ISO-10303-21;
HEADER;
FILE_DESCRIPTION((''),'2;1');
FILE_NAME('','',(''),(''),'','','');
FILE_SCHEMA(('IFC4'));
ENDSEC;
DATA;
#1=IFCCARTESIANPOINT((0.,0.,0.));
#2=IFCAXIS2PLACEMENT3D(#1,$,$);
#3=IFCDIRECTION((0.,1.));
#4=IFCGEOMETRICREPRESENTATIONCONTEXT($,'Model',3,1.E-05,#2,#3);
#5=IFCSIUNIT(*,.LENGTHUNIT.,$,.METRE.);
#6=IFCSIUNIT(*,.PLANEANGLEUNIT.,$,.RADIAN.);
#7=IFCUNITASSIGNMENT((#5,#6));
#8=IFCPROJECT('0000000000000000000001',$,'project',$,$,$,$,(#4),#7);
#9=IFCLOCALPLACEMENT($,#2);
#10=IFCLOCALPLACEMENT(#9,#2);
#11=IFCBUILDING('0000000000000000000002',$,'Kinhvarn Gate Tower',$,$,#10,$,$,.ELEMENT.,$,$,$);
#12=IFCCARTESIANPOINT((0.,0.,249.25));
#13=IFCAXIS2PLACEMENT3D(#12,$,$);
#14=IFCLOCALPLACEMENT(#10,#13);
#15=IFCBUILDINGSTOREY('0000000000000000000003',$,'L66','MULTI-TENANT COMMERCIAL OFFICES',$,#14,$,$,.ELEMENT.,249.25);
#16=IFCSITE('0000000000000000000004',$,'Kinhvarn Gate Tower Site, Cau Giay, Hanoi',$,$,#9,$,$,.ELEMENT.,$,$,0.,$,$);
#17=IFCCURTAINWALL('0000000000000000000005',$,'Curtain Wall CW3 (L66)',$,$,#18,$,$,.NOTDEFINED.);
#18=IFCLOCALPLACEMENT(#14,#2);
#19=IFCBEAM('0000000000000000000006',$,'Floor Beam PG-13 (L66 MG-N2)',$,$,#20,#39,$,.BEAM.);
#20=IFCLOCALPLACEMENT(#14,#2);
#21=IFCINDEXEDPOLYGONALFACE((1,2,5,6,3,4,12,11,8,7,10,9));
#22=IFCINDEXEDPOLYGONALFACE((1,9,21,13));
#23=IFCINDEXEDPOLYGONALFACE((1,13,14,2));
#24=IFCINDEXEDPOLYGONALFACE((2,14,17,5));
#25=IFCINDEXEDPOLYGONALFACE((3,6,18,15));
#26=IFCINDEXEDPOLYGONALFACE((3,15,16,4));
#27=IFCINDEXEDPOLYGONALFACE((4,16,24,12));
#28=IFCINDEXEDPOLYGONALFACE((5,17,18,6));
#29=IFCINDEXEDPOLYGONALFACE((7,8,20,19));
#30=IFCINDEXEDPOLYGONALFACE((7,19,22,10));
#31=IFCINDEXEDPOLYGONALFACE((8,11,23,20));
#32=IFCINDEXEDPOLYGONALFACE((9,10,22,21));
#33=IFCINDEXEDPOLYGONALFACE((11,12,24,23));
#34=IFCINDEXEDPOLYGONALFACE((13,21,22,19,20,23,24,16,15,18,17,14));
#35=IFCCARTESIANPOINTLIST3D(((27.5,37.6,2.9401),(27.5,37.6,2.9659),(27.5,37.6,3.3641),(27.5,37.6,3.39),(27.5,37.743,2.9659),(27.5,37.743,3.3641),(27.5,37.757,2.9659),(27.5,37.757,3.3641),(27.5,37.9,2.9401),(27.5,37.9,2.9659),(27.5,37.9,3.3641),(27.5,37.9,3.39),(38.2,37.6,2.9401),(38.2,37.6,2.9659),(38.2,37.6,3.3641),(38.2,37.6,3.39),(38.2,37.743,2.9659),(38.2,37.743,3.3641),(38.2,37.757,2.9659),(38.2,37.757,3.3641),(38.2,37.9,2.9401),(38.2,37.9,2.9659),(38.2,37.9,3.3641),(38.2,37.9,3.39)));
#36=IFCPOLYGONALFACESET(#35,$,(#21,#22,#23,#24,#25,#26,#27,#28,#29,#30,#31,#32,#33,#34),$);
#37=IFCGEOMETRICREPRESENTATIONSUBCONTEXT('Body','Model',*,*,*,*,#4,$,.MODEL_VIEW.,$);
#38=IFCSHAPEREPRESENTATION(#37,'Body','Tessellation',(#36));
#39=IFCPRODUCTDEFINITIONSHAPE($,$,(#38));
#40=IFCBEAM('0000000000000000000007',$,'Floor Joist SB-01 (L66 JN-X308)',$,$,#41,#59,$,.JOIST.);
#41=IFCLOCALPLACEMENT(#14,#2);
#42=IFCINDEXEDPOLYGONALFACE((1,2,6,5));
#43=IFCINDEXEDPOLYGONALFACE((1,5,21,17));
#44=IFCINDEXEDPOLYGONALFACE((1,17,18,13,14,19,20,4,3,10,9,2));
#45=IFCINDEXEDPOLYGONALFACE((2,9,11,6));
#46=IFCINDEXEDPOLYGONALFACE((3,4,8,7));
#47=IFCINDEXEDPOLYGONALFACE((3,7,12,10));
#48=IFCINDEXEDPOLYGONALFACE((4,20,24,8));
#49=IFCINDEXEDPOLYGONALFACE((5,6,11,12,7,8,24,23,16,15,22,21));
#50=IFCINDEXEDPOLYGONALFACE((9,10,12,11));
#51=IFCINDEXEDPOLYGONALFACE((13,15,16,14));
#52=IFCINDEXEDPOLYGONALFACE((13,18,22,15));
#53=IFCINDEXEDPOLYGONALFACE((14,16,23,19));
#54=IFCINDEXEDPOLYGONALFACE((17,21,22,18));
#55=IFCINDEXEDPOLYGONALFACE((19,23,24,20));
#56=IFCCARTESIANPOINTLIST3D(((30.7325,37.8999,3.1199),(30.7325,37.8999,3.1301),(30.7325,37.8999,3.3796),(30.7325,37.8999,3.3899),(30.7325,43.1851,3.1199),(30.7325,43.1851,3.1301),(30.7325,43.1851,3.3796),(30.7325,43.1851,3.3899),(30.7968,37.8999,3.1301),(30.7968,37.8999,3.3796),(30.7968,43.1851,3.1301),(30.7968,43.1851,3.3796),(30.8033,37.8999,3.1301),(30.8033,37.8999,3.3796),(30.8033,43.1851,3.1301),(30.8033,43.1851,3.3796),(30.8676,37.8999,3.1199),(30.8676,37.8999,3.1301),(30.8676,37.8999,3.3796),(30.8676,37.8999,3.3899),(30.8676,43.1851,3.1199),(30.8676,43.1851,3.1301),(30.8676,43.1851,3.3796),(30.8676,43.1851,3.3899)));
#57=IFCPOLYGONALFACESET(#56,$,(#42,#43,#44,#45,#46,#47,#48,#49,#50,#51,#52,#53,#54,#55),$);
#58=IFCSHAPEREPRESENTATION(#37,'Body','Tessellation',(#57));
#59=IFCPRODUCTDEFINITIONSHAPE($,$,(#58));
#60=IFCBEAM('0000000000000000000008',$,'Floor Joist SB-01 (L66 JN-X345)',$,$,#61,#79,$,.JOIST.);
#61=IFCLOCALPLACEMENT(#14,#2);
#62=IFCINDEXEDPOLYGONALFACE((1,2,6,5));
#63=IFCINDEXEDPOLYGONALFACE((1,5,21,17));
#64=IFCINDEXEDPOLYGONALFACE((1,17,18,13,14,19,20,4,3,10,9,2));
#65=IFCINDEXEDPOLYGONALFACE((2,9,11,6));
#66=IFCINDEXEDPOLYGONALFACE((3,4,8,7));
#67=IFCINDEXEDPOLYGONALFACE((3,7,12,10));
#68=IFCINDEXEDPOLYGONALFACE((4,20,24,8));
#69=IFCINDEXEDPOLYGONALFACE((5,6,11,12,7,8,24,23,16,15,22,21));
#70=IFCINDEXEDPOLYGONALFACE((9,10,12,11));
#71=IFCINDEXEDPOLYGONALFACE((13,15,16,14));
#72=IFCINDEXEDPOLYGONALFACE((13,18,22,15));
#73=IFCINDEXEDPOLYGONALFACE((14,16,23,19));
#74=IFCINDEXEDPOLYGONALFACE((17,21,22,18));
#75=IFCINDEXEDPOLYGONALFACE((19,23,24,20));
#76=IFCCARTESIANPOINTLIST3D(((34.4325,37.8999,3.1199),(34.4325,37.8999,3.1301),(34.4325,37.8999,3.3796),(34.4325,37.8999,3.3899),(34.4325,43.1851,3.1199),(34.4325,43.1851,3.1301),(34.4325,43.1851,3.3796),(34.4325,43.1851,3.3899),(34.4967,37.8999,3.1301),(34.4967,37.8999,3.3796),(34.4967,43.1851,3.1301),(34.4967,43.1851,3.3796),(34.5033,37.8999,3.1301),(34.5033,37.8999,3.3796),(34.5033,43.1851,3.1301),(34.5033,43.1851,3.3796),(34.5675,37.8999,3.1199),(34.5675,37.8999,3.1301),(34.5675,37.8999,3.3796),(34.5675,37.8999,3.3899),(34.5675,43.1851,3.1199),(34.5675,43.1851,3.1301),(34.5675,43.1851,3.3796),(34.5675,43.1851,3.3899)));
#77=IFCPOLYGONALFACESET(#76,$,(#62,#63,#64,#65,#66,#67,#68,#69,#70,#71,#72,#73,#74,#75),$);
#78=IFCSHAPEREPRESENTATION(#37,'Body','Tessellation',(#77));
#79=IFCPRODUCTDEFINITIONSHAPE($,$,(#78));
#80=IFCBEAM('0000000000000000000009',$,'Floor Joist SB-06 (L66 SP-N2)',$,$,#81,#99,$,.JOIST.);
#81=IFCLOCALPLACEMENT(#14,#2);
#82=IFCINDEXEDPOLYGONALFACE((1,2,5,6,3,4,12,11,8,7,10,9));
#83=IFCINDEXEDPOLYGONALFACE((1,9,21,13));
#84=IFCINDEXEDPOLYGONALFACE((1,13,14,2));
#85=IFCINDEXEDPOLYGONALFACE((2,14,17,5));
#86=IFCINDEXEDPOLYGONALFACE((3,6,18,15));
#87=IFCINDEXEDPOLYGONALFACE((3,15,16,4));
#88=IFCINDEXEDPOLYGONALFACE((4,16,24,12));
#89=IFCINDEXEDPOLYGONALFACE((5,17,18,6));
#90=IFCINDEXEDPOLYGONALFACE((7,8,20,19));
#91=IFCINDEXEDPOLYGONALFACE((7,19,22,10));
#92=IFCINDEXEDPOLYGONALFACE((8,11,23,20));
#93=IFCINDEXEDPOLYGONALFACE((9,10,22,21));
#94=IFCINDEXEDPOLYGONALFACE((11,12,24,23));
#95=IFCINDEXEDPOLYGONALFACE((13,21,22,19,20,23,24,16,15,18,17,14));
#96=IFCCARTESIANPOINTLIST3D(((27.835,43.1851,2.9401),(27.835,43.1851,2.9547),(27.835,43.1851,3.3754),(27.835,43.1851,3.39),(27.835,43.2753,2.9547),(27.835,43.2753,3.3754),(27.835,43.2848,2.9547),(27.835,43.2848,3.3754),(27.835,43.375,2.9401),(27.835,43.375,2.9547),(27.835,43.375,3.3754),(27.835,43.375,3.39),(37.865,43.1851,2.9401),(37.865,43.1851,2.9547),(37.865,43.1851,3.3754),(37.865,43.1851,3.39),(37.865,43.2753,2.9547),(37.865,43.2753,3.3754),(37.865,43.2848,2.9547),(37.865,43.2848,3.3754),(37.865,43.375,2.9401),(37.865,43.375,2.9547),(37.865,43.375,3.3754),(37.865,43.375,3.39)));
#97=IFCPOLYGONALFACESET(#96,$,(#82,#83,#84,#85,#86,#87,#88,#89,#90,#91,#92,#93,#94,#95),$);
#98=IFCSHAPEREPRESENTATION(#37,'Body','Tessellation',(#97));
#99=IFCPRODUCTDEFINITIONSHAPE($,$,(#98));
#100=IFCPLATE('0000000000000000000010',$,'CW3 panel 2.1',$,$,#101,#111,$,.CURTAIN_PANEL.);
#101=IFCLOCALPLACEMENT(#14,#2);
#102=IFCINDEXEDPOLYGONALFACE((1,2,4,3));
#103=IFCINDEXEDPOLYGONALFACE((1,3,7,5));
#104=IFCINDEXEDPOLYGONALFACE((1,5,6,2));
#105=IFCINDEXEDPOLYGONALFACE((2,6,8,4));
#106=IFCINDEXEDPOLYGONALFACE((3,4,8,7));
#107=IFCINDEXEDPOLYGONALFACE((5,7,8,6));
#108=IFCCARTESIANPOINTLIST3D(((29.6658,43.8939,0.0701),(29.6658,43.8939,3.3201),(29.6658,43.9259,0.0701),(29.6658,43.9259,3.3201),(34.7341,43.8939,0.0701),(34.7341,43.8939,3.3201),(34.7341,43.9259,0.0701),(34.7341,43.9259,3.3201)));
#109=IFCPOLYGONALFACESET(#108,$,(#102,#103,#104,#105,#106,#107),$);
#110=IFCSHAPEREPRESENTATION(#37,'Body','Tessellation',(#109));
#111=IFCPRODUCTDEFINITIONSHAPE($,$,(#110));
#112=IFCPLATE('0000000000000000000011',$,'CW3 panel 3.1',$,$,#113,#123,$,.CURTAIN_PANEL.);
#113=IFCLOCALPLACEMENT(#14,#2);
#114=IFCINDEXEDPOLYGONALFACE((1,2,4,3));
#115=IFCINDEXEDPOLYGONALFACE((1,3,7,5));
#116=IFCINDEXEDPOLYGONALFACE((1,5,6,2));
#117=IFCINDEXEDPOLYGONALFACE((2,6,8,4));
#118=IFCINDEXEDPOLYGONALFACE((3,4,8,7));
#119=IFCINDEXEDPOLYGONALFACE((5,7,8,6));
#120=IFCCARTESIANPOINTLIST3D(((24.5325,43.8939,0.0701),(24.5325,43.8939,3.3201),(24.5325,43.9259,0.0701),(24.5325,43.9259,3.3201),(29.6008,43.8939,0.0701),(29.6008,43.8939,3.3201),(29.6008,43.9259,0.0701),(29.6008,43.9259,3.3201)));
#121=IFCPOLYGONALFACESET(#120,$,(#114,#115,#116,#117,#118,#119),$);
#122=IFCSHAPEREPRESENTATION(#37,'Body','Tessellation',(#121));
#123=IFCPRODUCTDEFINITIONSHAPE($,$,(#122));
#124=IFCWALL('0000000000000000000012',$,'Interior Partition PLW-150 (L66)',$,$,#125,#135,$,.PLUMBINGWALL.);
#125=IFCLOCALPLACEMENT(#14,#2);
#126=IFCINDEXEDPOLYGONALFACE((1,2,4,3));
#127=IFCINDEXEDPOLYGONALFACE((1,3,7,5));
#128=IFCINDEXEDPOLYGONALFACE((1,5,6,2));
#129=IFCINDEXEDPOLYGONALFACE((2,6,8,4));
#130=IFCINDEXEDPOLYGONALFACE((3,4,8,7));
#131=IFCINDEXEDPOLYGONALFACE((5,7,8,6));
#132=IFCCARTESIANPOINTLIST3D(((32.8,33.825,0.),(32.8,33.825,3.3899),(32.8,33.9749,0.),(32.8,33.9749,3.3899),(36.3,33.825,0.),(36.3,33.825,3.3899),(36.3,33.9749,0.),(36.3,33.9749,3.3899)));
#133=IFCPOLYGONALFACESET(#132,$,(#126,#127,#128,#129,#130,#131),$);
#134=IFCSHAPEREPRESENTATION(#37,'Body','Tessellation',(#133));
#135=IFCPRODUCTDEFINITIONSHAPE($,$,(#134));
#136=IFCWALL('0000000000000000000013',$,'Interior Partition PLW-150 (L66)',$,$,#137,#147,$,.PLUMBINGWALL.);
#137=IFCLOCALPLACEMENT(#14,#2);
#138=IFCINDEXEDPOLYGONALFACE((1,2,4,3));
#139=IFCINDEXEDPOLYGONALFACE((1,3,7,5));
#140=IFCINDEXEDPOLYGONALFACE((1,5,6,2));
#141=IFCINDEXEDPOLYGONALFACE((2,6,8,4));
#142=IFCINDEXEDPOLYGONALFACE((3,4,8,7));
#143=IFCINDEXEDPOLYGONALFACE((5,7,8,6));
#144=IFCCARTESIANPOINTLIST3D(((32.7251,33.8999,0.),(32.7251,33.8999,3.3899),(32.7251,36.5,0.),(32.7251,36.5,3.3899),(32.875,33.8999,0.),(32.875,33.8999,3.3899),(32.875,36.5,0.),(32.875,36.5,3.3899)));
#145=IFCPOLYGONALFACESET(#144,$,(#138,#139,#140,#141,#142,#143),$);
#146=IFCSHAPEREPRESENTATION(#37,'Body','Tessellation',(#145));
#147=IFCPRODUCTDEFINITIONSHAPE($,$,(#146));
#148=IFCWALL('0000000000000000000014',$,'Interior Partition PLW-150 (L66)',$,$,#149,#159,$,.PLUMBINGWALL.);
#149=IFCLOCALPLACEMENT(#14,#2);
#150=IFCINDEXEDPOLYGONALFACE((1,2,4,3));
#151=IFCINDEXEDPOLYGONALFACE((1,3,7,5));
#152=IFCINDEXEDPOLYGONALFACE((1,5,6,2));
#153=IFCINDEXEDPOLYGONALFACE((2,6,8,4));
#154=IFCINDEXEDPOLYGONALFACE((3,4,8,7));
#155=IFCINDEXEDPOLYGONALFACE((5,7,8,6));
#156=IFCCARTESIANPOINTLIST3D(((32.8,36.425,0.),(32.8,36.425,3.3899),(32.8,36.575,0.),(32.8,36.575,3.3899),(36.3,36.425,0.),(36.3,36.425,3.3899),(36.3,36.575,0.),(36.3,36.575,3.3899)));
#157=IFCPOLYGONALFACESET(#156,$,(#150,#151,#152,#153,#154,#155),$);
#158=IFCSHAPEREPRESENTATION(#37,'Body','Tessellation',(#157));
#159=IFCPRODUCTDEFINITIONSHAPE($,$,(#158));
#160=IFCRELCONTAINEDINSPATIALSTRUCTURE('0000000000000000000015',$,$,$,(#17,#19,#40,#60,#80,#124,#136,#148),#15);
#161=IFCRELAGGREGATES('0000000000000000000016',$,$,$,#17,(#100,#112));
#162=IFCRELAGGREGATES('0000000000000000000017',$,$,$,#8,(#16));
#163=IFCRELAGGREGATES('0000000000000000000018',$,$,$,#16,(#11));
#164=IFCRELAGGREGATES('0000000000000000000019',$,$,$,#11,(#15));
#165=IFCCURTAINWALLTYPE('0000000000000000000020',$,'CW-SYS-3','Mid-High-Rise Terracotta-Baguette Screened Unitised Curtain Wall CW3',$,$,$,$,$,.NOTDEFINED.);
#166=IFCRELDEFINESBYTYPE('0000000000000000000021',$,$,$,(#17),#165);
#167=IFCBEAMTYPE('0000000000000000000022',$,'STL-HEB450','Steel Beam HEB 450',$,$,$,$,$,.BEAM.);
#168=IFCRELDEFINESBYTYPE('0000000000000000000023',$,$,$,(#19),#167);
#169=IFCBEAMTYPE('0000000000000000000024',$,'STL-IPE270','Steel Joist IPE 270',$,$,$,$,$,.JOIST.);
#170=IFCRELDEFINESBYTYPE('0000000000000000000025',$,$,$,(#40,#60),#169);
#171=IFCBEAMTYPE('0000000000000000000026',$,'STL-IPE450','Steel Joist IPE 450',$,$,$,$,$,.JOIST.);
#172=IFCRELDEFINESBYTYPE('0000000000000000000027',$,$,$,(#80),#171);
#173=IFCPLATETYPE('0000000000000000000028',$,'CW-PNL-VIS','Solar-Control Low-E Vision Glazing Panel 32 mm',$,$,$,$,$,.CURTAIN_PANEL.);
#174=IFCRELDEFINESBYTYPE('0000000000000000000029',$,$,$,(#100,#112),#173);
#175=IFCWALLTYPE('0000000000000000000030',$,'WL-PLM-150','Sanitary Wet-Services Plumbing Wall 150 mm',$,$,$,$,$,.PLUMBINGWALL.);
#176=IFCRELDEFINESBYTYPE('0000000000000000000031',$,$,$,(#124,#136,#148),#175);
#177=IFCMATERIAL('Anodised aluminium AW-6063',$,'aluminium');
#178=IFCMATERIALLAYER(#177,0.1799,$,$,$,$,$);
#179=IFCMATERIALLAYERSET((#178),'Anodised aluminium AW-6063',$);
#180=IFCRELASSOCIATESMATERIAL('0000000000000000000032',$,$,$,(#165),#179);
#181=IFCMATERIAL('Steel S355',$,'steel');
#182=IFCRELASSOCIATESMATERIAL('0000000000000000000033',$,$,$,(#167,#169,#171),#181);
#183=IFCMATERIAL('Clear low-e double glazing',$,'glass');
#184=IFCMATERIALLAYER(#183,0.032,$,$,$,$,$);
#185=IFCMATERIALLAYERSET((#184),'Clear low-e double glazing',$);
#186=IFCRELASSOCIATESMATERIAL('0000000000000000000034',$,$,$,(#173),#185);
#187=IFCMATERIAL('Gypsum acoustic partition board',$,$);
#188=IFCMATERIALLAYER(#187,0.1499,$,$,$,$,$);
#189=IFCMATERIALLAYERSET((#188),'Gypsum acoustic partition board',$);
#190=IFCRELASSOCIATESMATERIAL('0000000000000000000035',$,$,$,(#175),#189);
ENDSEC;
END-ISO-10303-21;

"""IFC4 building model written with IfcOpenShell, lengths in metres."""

from ifc_helpers import new_model, si_unit, direction, frame, frame_2d, origin, origin_2d, place, context, subcontext, project, spatial, rectangle, i_section, extrude, material, layer, layer_set, material_profile, profile_set, type_object, element, aggregate, save


model = new_model("IFC4")

# Units and contexts
model_context = context("Model", 3, precision=1e-05, world=origin(), true_north=direction((0.0, 1.0)))
body_context = subcontext(model_context, "Body", "Model", "MODEL_VIEW")
ifc_project = project(units=[si_unit("LENGTHUNIT", "METRE"), si_unit("PLANEANGLEUNIT", "RADIAN")], contexts=[model_context])

# Site, building, storey
site_placement = place(None, origin())
site = spatial("IfcSite", under=ifc_project, at=site_placement, Name="Kinhvarn Gate Tower Site, Cau Giay, Hanoi", CompositionType="ELEMENT", RefElevation=0.0)
building_placement = place(site_placement, origin())
building = spatial("IfcBuilding", under=site, at=building_placement, Name="Kinhvarn Gate Tower", CompositionType="ELEMENT")
storey_placement = place(building_placement, frame((0.0, 0.0, 249.25)))
storey = spatial("IfcBuildingStorey", under=building, at=storey_placement, Name="L66", Description="MULTI-TENANT COMMERCIAL OFFICES", CompositionType="ELEMENT", Elevation=249.25)

# Curtain wall
ifc_material_1 = material(Name="Anodised aluminium AW-6063", Category="aluminium")
ifc_layer_1 = layer(ifc_material_1, 0.1799)
ifc_layer_set_1 = layer_set([ifc_layer_1], Name="Anodised aluminium AW-6063")
curtain_wall_type = type_object("IfcCurtainWallType", Name="CW-SYS-3", Description="Mid-High-Rise Terracotta-Baguette Screened Unitised Curtain Wall CW3", PredefinedType="NOTDEFINED", material=ifc_layer_set_1)
curtain_wall_placement = place(storey_placement, origin())
curtain_wall = element("IfcCurtainWall", 1, at=curtain_wall_placement, inside=storey, type_object=curtain_wall_type, Name="Curtain Wall CW3 (L66)", PredefinedType="NOTDEFINED")

# Beams
ifc_material_2 = material(Name="Steel S355", Category="steel")
ifc_material_profile_1 = material_profile(ifc_material_2, i_section(OverallWidth=0.3, OverallDepth=0.45, WebThickness=0.0139, FlangeThickness=0.0259, at=origin_2d()), Name="HEB 450")
ifc_profile_set_1 = profile_set([ifc_material_profile_1], Name="Steel S355")
beam_type_1 = type_object("IfcBeamType", Name="STL-HEB450", Description="Steel Beam HEB 450", PredefinedType="BEAM", material=ifc_profile_set_1)
beam_1_placement = place(storey_placement, frame((27.5, 37.75, 3.165), z_axis=(1.0, 0.0, 0.0), x_axis=(0.0, 1.0, 0.0)))
element("IfcBeam", 2, at=beam_1_placement, inside=storey, type_object=beam_type_1, Name="Floor Beam PG-13 (L66 MG-N2)", PredefinedType="BEAM", context=body_context, shape_type="SweptSolid", body=[
    extrude(i_section(OverallWidth=0.3, OverallDepth=0.45, WebThickness=0.0139, FlangeThickness=0.0259, at=origin_2d()), origin(), (0.0, 0.0, 1.0), 10.7),
])
ifc_material_profile_2 = material_profile(ifc_material_2, i_section(OverallWidth=0.135, OverallDepth=0.27, WebThickness=0.0066, FlangeThickness=0.0103, at=origin_2d()), Name="IPE 270")
ifc_profile_set_2 = profile_set([ifc_material_profile_2], Name="Steel S355")
beam_type_2 = type_object("IfcBeamType", Name="STL-IPE270", Description="Steel Joist IPE 270", PredefinedType="JOIST", material=ifc_profile_set_2)
for number, where, z_axis, x_axis, name in (
    (3, (30.8, 37.8999, 3.2549), (0.0, 1.0, 0.0), (-1.0, 0.0, 0.0), "Floor Joist SB-01 (L66 JN-X308)"),
    (4, (34.5, 37.8999, 3.2549), (0.0, 1.0, 0.0), (-1.0, 0.0, 0.0), "Floor Joist SB-01 (L66 JN-X345)"),
):
    element("IfcBeam", number, at=place(storey_placement, frame(where, z_axis=z_axis, x_axis=x_axis)), inside=storey, type_object=beam_type_2, Name=name, PredefinedType="JOIST", context=body_context, shape_type="SweptSolid", body=[
        extrude(i_section(OverallWidth=0.135, OverallDepth=0.27, WebThickness=0.0066, FlangeThickness=0.0103, at=origin_2d()), origin(), (0.0, 0.0, 1.0), 5.2852),
    ])
ifc_material_profile_3 = material_profile(ifc_material_2, i_section(OverallWidth=0.1899, OverallDepth=0.45, WebThickness=0.0095, FlangeThickness=0.0146, at=origin_2d()), Name="IPE 450")
ifc_profile_set_3 = profile_set([ifc_material_profile_3], Name="Steel S355")
beam_type_3 = type_object("IfcBeamType", Name="STL-IPE450", Description="Steel Joist IPE 450", PredefinedType="JOIST", material=ifc_profile_set_3)
beam_2_placement = place(storey_placement, frame((27.835, 43.28, 3.165), z_axis=(1.0, 0.0, 0.0), x_axis=(0.0, 1.0, 0.0)))
element("IfcBeam", 5, at=beam_2_placement, inside=storey, type_object=beam_type_3, Name="Floor Joist SB-06 (L66 SP-N2)", PredefinedType="JOIST", context=body_context, shape_type="SweptSolid", body=[
    extrude(i_section(OverallWidth=0.1899, OverallDepth=0.45, WebThickness=0.0095, FlangeThickness=0.0146, at=origin_2d()), origin(), (0.0, 0.0, 1.0), 10.03),
])

# Plates
ifc_material_3 = material(Name="Clear low-e double glazing", Category="glass")
ifc_layer_2 = layer(ifc_material_3, 0.032)
ifc_layer_set_2 = layer_set([ifc_layer_2], Name="Clear low-e double glazing")
plate_type = type_object("IfcPlateType", Name="CW-PNL-VIS", Description="Solar-Control Low-E Vision Glazing Panel 32 mm", PredefinedType="CURTAIN_PANEL", material=ifc_layer_set_2)
plate_1_placement = place(storey_placement, frame((32.2, 43.9099, 0.0701), z_axis=(0.0, 0.0, 1.0), x_axis=(-1.0, 0.0, 0.0)))
plate_1 = element("IfcPlate", 6, at=plate_1_placement, type_object=plate_type, Name="CW3 panel 2.1", PredefinedType="CURTAIN_PANEL", context=body_context, shape_type="SweptSolid", body=[
    extrude(rectangle(XDim=5.0684, YDim=0.032, at=origin_2d()), origin(), (0.0, 0.0, 1.0), 3.25),
])
plate_2_placement = place(storey_placement, frame((27.0667, 43.9099, 0.0701), z_axis=(0.0, 0.0, 1.0), x_axis=(-1.0, 0.0, 0.0)))
plate_2 = element("IfcPlate", 7, at=plate_2_placement, type_object=plate_type, Name="CW3 panel 3.1", PredefinedType="CURTAIN_PANEL", context=body_context, shape_type="SweptSolid", body=[
    extrude(rectangle(XDim=5.0684, YDim=0.032, at=origin_2d()), origin(), (0.0, 0.0, 1.0), 3.25),
])
aggregate(curtain_wall, [plate_1, plate_2])

# Walls
ifc_material_4 = material(Name="Gypsum acoustic partition board")
ifc_layer_3 = layer(ifc_material_4, 0.1499)
ifc_layer_set_3 = layer_set([ifc_layer_3], Name="Gypsum acoustic partition board")
wall_type_1 = type_object("IfcWallType", Name="WL-PLM-150", Description="Sanitary Wet-Services Plumbing Wall 150 mm", PredefinedType="PLUMBINGWALL", material=ifc_layer_set_3)
wall_1_placement = place(storey_placement, frame((32.8, 33.8999, 0.0), z_axis=(0.0, 0.0, 1.0), x_axis=(1.0, 0.0, 0.0)))
element("IfcWall", 8, at=wall_1_placement, inside=storey, type_object=wall_type_1, Name="Interior Partition PLW-150 (L66)", PredefinedType="PLUMBINGWALL", context=body_context, shape_type="SweptSolid", body=[
    extrude(rectangle(XDim=3.5, YDim=0.1499, at=frame_2d((1.75, 0.0))), origin(), (0.0, 0.0, 1.0), 3.3899),
])
wall_2_placement = place(storey_placement, frame((32.8, 33.8999, 0.0), z_axis=(0.0, 0.0, 1.0), x_axis=(0.0, 1.0, 0.0)))
element("IfcWall", 9, at=wall_2_placement, inside=storey, type_object=wall_type_1, Name="Interior Partition PLW-150 (L66)", PredefinedType="PLUMBINGWALL", context=body_context, shape_type="SweptSolid", body=[
    extrude(rectangle(XDim=2.6001, YDim=0.1499, at=frame_2d((1.3, 0.0))), origin(), (0.0, 0.0, 1.0), 3.3899),
])
wall_3_placement = place(storey_placement, frame((32.8, 36.5, 0.0), z_axis=(0.0, 0.0, 1.0), x_axis=(1.0, 0.0, 0.0)))
element("IfcWall", 10, at=wall_3_placement, inside=storey, type_object=wall_type_1, Name="Interior Partition PLW-150 (L66)", PredefinedType="PLUMBINGWALL", context=body_context, shape_type="SweptSolid", body=[
    extrude(rectangle(XDim=3.5, YDim=0.1499, at=frame_2d((1.75, 0.0))), origin(), (0.0, 0.0, 1.0), 3.3899),
])

save(model, "model.ifc")
